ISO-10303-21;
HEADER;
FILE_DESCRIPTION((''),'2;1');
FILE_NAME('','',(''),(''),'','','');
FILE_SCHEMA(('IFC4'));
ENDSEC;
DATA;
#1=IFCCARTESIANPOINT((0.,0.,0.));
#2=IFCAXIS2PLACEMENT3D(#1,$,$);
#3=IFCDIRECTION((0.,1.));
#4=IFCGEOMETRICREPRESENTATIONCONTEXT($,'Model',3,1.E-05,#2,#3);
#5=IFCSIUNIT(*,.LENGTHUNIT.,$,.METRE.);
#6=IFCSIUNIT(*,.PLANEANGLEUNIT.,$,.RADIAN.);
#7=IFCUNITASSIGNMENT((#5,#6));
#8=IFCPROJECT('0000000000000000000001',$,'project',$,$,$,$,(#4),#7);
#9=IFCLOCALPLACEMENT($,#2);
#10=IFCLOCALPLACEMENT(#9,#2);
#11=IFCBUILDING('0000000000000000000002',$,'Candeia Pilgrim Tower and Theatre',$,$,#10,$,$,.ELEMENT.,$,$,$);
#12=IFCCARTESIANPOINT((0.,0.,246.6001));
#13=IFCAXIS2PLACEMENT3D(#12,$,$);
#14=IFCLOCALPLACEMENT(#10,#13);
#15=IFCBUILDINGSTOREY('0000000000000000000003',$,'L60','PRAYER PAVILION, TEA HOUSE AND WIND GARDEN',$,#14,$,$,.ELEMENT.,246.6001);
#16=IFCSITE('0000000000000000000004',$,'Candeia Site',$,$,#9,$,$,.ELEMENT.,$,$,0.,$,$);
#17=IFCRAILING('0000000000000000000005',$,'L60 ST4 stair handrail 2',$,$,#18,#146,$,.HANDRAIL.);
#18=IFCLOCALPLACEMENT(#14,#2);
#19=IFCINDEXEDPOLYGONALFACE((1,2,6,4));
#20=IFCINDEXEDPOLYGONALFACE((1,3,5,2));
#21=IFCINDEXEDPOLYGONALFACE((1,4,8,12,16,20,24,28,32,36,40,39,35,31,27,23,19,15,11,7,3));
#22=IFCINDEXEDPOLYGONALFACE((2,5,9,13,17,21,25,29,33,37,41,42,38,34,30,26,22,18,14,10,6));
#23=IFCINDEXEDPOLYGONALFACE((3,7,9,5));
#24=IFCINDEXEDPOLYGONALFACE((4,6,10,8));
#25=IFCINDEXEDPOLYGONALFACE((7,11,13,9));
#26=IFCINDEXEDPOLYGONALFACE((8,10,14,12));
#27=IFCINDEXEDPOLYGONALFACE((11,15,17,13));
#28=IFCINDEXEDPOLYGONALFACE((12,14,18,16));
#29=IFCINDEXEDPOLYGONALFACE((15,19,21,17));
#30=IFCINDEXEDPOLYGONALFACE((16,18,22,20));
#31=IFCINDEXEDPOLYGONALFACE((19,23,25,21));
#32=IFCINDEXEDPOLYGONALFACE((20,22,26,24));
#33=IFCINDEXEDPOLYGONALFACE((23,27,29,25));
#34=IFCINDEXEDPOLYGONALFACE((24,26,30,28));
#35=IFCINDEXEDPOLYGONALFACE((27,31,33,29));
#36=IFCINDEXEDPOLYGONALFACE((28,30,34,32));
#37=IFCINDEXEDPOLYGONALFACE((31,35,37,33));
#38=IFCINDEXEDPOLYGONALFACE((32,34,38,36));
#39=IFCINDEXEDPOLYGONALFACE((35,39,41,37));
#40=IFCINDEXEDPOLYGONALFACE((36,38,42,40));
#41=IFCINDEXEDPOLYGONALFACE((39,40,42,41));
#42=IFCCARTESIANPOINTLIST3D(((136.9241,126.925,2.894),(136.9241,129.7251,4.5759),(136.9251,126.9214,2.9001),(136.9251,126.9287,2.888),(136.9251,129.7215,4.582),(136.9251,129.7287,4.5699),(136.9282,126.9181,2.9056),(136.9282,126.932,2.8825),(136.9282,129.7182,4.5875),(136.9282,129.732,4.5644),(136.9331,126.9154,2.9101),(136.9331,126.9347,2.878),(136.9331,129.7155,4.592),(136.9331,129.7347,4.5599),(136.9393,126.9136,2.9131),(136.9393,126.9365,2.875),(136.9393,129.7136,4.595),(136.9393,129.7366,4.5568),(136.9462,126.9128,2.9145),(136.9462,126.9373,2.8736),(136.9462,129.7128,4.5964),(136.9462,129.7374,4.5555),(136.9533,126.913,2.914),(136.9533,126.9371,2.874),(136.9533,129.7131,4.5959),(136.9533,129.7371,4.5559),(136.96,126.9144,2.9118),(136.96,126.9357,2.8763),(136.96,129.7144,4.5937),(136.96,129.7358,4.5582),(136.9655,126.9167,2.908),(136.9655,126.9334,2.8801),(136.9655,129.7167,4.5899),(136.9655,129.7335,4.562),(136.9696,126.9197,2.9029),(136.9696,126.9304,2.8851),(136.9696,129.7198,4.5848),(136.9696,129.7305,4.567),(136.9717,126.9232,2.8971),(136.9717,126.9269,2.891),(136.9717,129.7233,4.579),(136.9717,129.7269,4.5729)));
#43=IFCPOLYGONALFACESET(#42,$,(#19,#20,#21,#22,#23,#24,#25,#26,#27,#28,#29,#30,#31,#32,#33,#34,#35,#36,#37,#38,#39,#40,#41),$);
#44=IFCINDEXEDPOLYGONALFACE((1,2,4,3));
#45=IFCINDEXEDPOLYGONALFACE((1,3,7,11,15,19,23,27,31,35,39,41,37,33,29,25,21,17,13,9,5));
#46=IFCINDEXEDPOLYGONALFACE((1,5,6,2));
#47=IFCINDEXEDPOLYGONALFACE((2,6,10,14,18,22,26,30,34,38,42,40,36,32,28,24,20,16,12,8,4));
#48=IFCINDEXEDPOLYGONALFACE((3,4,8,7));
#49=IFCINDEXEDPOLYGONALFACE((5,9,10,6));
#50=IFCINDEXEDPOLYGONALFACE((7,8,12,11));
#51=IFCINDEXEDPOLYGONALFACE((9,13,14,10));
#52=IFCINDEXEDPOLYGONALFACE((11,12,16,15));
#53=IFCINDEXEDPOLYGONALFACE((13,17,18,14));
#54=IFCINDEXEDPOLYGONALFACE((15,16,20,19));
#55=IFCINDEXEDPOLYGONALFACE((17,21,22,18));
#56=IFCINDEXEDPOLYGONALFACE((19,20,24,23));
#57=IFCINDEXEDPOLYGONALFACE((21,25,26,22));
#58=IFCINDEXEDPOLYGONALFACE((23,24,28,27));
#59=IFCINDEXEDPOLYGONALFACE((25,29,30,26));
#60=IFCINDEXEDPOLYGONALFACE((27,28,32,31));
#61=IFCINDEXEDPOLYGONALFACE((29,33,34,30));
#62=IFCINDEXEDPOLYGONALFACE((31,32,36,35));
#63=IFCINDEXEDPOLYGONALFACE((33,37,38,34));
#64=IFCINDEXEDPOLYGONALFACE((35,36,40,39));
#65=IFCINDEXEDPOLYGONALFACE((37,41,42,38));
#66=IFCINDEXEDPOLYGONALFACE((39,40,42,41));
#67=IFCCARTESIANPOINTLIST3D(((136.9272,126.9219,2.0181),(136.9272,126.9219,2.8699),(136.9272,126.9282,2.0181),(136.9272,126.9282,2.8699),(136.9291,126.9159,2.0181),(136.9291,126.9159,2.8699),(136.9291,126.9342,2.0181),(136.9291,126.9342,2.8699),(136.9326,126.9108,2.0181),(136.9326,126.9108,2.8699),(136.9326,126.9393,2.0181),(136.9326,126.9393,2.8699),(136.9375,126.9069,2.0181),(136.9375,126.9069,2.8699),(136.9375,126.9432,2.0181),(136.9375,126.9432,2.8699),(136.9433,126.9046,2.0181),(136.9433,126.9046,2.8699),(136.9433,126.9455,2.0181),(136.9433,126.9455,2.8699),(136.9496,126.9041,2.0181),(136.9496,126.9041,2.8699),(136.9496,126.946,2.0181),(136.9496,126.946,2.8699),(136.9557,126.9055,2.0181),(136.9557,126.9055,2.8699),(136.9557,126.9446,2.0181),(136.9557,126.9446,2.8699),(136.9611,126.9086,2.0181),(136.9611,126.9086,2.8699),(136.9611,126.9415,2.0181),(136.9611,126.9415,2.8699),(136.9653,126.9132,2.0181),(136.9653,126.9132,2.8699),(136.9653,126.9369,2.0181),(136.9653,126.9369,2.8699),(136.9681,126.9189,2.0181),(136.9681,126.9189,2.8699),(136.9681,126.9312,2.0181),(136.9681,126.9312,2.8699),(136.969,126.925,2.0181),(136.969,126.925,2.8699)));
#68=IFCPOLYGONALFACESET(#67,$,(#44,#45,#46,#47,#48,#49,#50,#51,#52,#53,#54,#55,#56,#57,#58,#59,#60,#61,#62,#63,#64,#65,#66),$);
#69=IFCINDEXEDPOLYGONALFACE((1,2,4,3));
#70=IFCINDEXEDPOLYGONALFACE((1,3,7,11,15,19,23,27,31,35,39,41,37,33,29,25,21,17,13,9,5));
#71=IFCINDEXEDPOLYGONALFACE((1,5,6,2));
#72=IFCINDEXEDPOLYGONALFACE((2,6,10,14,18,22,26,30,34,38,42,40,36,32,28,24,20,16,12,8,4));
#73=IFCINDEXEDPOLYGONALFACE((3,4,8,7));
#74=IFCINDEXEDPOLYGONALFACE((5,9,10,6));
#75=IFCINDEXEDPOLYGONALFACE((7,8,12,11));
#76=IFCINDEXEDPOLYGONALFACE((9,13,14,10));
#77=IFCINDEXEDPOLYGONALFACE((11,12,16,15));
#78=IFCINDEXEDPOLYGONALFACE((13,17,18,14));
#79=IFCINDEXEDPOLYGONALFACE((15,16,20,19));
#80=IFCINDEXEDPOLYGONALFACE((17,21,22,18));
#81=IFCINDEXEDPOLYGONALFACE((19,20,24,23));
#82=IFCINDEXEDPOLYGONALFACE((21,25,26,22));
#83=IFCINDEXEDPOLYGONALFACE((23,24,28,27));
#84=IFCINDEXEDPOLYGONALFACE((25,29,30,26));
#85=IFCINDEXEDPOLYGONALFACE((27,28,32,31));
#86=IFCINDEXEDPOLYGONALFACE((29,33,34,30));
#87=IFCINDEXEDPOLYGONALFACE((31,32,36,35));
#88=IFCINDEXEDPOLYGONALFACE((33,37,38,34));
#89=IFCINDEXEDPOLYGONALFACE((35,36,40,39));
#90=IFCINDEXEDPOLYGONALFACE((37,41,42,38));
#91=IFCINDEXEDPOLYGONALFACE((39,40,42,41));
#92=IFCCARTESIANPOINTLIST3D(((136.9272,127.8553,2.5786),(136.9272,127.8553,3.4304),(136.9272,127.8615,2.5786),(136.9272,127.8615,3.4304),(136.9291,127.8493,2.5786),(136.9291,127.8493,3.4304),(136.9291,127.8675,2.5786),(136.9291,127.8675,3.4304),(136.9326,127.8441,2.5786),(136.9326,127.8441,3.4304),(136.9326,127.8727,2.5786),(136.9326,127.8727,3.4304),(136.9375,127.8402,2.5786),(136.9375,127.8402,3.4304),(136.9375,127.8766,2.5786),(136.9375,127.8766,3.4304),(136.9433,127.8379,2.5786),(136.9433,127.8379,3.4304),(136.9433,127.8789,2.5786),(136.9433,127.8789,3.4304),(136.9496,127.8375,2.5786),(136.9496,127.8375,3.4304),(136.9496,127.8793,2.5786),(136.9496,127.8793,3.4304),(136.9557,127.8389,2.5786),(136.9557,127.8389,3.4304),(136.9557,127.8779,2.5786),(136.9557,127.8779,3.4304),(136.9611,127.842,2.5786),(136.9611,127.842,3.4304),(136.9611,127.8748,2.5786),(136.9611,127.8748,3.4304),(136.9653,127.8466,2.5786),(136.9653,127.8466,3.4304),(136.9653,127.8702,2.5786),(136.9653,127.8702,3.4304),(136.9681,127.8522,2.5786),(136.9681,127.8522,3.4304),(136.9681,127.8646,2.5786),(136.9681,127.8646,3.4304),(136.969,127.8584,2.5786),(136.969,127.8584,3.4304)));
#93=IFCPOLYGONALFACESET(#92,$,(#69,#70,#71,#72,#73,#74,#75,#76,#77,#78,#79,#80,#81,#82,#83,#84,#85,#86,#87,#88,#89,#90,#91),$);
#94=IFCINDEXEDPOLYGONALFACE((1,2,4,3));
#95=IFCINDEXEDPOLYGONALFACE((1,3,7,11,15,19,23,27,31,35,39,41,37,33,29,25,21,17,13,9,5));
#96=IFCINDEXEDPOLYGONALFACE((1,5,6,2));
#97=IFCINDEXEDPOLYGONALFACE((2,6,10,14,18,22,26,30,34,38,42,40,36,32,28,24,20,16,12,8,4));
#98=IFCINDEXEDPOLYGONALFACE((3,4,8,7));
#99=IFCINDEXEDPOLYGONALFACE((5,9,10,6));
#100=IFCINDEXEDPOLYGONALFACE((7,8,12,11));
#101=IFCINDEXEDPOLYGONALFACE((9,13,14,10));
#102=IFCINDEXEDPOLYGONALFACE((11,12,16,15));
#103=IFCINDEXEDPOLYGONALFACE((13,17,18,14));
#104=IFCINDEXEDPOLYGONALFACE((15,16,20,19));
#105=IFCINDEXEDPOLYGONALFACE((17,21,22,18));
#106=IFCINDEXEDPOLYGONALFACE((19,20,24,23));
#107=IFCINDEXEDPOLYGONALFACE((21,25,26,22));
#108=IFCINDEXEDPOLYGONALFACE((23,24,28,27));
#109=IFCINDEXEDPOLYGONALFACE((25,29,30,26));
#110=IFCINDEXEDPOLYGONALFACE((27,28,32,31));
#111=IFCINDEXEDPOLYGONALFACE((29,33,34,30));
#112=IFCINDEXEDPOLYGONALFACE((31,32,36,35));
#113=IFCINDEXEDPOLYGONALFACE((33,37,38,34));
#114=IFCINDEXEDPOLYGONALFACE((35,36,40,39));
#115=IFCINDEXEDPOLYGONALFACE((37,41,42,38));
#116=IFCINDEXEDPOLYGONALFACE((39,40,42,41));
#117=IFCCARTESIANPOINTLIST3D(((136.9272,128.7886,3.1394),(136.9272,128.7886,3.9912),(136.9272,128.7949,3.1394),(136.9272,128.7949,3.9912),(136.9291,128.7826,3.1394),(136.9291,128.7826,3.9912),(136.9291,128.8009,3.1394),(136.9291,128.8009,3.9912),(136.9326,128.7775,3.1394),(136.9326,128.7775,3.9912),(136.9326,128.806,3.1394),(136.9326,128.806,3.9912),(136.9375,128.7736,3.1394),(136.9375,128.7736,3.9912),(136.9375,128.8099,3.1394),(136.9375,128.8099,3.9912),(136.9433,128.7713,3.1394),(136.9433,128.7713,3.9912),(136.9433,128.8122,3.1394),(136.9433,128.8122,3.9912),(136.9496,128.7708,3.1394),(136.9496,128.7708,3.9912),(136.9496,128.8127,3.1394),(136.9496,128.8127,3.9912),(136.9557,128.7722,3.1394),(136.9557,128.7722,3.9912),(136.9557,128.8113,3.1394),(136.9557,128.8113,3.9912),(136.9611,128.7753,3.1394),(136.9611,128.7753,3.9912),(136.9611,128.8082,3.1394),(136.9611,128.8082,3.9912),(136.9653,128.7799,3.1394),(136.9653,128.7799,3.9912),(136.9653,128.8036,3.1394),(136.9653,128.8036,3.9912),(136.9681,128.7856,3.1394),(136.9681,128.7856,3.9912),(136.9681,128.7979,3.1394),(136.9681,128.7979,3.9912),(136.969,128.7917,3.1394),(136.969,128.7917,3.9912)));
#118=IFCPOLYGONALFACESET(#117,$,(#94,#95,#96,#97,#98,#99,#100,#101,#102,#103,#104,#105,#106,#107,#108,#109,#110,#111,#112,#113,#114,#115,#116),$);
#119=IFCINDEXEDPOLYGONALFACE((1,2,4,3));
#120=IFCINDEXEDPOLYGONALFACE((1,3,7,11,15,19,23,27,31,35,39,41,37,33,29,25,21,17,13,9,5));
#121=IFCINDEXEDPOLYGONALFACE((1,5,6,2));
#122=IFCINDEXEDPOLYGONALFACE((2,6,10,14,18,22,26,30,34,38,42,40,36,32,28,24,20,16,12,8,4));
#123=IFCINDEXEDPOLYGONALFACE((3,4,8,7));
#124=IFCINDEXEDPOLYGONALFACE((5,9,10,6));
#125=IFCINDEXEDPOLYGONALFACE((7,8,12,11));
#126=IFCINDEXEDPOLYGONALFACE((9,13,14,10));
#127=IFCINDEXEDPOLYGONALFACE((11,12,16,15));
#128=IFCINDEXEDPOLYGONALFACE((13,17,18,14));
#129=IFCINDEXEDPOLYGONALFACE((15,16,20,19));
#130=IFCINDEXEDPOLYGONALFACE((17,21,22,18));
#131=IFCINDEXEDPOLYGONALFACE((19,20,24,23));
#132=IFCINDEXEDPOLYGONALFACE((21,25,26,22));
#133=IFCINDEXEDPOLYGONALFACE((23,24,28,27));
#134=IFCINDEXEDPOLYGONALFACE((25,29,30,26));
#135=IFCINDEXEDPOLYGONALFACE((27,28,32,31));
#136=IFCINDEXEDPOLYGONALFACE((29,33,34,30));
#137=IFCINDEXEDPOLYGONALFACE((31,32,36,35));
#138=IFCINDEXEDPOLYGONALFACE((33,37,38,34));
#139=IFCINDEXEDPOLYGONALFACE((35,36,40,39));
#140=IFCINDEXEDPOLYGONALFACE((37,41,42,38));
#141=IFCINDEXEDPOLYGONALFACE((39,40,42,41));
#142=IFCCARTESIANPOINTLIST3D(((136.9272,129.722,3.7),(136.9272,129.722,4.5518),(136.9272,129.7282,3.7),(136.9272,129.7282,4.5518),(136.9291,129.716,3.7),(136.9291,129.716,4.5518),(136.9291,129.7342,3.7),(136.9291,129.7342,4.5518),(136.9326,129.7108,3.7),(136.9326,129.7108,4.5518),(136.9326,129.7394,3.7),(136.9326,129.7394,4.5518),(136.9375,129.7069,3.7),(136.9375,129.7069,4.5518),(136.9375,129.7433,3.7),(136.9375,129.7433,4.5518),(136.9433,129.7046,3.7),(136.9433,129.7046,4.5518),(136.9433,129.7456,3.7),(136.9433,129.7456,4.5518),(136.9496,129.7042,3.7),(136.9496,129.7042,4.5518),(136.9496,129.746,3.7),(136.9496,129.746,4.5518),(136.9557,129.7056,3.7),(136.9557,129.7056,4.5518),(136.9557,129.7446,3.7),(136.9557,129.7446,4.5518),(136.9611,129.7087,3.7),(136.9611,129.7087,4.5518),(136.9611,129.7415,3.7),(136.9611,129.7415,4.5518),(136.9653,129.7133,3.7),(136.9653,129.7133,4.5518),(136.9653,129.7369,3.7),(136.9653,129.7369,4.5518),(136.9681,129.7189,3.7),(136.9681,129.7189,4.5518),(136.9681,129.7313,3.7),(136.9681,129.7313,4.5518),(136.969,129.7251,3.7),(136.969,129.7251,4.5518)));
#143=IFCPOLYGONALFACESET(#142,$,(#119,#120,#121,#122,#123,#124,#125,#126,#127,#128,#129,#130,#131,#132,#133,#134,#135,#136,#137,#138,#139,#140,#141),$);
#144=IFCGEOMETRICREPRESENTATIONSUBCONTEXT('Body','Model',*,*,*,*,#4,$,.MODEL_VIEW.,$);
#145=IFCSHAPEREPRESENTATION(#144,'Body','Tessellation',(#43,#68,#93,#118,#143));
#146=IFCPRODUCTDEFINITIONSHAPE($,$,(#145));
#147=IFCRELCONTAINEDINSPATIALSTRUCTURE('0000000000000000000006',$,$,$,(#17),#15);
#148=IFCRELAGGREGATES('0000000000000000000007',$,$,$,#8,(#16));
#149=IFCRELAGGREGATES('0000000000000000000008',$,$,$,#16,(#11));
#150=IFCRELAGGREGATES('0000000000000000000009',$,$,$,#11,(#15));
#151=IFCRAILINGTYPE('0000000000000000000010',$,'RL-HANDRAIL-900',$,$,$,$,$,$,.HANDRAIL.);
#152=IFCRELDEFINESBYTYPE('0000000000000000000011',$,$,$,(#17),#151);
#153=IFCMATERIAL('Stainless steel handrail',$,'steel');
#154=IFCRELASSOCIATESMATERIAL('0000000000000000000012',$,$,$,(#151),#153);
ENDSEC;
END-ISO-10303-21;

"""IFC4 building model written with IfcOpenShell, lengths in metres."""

from ifc_helpers import new_model, si_unit, direction, frame, origin, origin_2d, place, context, subcontext, project, spatial, circle, extrude, material, type_object, element, save


model = new_model("IFC4")

# Units and contexts
model_context = context("Model", 3, precision=1e-05, world=origin(), true_north=direction((0.0, 1.0)))
body_context = subcontext(model_context, "Body", "Model", "MODEL_VIEW")
ifc_project = project(units=[si_unit("LENGTHUNIT", "METRE"), si_unit("PLANEANGLEUNIT", "RADIAN")], contexts=[model_context])

# Site, building, storey
site_placement = place(None, origin())
site = spatial("IfcSite", under=ifc_project, at=site_placement, Name="Candeia Site", CompositionType="ELEMENT", RefElevation=0.0)
building_placement = place(site_placement, origin())
building = spatial("IfcBuilding", under=site, at=building_placement, Name="Candeia Pilgrim Tower and Theatre", CompositionType="ELEMENT")
storey_placement = place(building_placement, frame((0.0, 0.0, 246.6001)))
storey = spatial("IfcBuildingStorey", under=building, at=storey_placement, Name="L60", Description="PRAYER PAVILION, TEA HOUSE AND WIND GARDEN", CompositionType="ELEMENT", Elevation=246.6001)

# Railing
ifc_material_1 = material(Name="Stainless steel handrail", Category="steel")
railing_type_1 = type_object("IfcRailingType", Name="RL-HANDRAIL-900", PredefinedType="HANDRAIL", material=ifc_material_1)
railing_1_placement = place(storey_placement, frame((136.948, 126.925, 2.0181)))
element("IfcRailing", 1, at=railing_1_placement, inside=storey, type_object=railing_type_1, Name="L60 ST4 stair handrail 2", PredefinedType="HANDRAIL", context=body_context, shape_type="SweptSolid", body=[
    extrude(circle(Radius=0.0239, at=origin_2d()), frame((0.0, 0.0, 0.876), z_axis=(0.0, 0.857242, 0.514913), x_axis=(-1.0, 0.0, 0.0)), (0.0, 0.0, 1.0), 3.2664),
    extrude(circle(Radius=0.021, at=origin_2d()), origin(), (0.0, 0.0, 1.0), 0.8518),
    extrude(circle(Radius=0.021, at=origin_2d()), frame((0.0, 0.9333, 0.5605)), (0.0, 0.0, 1.0), 0.8518),
    extrude(circle(Radius=0.021, at=origin_2d()), frame((0.0, 1.8667, 1.1213)), (0.0, 0.0, 1.0), 0.8518),
    extrude(circle(Radius=0.021, at=origin_2d()), frame((0.0, 2.8, 1.6819)), (0.0, 0.0, 1.0), 0.8518),
])

save(model, "model.ifc")
